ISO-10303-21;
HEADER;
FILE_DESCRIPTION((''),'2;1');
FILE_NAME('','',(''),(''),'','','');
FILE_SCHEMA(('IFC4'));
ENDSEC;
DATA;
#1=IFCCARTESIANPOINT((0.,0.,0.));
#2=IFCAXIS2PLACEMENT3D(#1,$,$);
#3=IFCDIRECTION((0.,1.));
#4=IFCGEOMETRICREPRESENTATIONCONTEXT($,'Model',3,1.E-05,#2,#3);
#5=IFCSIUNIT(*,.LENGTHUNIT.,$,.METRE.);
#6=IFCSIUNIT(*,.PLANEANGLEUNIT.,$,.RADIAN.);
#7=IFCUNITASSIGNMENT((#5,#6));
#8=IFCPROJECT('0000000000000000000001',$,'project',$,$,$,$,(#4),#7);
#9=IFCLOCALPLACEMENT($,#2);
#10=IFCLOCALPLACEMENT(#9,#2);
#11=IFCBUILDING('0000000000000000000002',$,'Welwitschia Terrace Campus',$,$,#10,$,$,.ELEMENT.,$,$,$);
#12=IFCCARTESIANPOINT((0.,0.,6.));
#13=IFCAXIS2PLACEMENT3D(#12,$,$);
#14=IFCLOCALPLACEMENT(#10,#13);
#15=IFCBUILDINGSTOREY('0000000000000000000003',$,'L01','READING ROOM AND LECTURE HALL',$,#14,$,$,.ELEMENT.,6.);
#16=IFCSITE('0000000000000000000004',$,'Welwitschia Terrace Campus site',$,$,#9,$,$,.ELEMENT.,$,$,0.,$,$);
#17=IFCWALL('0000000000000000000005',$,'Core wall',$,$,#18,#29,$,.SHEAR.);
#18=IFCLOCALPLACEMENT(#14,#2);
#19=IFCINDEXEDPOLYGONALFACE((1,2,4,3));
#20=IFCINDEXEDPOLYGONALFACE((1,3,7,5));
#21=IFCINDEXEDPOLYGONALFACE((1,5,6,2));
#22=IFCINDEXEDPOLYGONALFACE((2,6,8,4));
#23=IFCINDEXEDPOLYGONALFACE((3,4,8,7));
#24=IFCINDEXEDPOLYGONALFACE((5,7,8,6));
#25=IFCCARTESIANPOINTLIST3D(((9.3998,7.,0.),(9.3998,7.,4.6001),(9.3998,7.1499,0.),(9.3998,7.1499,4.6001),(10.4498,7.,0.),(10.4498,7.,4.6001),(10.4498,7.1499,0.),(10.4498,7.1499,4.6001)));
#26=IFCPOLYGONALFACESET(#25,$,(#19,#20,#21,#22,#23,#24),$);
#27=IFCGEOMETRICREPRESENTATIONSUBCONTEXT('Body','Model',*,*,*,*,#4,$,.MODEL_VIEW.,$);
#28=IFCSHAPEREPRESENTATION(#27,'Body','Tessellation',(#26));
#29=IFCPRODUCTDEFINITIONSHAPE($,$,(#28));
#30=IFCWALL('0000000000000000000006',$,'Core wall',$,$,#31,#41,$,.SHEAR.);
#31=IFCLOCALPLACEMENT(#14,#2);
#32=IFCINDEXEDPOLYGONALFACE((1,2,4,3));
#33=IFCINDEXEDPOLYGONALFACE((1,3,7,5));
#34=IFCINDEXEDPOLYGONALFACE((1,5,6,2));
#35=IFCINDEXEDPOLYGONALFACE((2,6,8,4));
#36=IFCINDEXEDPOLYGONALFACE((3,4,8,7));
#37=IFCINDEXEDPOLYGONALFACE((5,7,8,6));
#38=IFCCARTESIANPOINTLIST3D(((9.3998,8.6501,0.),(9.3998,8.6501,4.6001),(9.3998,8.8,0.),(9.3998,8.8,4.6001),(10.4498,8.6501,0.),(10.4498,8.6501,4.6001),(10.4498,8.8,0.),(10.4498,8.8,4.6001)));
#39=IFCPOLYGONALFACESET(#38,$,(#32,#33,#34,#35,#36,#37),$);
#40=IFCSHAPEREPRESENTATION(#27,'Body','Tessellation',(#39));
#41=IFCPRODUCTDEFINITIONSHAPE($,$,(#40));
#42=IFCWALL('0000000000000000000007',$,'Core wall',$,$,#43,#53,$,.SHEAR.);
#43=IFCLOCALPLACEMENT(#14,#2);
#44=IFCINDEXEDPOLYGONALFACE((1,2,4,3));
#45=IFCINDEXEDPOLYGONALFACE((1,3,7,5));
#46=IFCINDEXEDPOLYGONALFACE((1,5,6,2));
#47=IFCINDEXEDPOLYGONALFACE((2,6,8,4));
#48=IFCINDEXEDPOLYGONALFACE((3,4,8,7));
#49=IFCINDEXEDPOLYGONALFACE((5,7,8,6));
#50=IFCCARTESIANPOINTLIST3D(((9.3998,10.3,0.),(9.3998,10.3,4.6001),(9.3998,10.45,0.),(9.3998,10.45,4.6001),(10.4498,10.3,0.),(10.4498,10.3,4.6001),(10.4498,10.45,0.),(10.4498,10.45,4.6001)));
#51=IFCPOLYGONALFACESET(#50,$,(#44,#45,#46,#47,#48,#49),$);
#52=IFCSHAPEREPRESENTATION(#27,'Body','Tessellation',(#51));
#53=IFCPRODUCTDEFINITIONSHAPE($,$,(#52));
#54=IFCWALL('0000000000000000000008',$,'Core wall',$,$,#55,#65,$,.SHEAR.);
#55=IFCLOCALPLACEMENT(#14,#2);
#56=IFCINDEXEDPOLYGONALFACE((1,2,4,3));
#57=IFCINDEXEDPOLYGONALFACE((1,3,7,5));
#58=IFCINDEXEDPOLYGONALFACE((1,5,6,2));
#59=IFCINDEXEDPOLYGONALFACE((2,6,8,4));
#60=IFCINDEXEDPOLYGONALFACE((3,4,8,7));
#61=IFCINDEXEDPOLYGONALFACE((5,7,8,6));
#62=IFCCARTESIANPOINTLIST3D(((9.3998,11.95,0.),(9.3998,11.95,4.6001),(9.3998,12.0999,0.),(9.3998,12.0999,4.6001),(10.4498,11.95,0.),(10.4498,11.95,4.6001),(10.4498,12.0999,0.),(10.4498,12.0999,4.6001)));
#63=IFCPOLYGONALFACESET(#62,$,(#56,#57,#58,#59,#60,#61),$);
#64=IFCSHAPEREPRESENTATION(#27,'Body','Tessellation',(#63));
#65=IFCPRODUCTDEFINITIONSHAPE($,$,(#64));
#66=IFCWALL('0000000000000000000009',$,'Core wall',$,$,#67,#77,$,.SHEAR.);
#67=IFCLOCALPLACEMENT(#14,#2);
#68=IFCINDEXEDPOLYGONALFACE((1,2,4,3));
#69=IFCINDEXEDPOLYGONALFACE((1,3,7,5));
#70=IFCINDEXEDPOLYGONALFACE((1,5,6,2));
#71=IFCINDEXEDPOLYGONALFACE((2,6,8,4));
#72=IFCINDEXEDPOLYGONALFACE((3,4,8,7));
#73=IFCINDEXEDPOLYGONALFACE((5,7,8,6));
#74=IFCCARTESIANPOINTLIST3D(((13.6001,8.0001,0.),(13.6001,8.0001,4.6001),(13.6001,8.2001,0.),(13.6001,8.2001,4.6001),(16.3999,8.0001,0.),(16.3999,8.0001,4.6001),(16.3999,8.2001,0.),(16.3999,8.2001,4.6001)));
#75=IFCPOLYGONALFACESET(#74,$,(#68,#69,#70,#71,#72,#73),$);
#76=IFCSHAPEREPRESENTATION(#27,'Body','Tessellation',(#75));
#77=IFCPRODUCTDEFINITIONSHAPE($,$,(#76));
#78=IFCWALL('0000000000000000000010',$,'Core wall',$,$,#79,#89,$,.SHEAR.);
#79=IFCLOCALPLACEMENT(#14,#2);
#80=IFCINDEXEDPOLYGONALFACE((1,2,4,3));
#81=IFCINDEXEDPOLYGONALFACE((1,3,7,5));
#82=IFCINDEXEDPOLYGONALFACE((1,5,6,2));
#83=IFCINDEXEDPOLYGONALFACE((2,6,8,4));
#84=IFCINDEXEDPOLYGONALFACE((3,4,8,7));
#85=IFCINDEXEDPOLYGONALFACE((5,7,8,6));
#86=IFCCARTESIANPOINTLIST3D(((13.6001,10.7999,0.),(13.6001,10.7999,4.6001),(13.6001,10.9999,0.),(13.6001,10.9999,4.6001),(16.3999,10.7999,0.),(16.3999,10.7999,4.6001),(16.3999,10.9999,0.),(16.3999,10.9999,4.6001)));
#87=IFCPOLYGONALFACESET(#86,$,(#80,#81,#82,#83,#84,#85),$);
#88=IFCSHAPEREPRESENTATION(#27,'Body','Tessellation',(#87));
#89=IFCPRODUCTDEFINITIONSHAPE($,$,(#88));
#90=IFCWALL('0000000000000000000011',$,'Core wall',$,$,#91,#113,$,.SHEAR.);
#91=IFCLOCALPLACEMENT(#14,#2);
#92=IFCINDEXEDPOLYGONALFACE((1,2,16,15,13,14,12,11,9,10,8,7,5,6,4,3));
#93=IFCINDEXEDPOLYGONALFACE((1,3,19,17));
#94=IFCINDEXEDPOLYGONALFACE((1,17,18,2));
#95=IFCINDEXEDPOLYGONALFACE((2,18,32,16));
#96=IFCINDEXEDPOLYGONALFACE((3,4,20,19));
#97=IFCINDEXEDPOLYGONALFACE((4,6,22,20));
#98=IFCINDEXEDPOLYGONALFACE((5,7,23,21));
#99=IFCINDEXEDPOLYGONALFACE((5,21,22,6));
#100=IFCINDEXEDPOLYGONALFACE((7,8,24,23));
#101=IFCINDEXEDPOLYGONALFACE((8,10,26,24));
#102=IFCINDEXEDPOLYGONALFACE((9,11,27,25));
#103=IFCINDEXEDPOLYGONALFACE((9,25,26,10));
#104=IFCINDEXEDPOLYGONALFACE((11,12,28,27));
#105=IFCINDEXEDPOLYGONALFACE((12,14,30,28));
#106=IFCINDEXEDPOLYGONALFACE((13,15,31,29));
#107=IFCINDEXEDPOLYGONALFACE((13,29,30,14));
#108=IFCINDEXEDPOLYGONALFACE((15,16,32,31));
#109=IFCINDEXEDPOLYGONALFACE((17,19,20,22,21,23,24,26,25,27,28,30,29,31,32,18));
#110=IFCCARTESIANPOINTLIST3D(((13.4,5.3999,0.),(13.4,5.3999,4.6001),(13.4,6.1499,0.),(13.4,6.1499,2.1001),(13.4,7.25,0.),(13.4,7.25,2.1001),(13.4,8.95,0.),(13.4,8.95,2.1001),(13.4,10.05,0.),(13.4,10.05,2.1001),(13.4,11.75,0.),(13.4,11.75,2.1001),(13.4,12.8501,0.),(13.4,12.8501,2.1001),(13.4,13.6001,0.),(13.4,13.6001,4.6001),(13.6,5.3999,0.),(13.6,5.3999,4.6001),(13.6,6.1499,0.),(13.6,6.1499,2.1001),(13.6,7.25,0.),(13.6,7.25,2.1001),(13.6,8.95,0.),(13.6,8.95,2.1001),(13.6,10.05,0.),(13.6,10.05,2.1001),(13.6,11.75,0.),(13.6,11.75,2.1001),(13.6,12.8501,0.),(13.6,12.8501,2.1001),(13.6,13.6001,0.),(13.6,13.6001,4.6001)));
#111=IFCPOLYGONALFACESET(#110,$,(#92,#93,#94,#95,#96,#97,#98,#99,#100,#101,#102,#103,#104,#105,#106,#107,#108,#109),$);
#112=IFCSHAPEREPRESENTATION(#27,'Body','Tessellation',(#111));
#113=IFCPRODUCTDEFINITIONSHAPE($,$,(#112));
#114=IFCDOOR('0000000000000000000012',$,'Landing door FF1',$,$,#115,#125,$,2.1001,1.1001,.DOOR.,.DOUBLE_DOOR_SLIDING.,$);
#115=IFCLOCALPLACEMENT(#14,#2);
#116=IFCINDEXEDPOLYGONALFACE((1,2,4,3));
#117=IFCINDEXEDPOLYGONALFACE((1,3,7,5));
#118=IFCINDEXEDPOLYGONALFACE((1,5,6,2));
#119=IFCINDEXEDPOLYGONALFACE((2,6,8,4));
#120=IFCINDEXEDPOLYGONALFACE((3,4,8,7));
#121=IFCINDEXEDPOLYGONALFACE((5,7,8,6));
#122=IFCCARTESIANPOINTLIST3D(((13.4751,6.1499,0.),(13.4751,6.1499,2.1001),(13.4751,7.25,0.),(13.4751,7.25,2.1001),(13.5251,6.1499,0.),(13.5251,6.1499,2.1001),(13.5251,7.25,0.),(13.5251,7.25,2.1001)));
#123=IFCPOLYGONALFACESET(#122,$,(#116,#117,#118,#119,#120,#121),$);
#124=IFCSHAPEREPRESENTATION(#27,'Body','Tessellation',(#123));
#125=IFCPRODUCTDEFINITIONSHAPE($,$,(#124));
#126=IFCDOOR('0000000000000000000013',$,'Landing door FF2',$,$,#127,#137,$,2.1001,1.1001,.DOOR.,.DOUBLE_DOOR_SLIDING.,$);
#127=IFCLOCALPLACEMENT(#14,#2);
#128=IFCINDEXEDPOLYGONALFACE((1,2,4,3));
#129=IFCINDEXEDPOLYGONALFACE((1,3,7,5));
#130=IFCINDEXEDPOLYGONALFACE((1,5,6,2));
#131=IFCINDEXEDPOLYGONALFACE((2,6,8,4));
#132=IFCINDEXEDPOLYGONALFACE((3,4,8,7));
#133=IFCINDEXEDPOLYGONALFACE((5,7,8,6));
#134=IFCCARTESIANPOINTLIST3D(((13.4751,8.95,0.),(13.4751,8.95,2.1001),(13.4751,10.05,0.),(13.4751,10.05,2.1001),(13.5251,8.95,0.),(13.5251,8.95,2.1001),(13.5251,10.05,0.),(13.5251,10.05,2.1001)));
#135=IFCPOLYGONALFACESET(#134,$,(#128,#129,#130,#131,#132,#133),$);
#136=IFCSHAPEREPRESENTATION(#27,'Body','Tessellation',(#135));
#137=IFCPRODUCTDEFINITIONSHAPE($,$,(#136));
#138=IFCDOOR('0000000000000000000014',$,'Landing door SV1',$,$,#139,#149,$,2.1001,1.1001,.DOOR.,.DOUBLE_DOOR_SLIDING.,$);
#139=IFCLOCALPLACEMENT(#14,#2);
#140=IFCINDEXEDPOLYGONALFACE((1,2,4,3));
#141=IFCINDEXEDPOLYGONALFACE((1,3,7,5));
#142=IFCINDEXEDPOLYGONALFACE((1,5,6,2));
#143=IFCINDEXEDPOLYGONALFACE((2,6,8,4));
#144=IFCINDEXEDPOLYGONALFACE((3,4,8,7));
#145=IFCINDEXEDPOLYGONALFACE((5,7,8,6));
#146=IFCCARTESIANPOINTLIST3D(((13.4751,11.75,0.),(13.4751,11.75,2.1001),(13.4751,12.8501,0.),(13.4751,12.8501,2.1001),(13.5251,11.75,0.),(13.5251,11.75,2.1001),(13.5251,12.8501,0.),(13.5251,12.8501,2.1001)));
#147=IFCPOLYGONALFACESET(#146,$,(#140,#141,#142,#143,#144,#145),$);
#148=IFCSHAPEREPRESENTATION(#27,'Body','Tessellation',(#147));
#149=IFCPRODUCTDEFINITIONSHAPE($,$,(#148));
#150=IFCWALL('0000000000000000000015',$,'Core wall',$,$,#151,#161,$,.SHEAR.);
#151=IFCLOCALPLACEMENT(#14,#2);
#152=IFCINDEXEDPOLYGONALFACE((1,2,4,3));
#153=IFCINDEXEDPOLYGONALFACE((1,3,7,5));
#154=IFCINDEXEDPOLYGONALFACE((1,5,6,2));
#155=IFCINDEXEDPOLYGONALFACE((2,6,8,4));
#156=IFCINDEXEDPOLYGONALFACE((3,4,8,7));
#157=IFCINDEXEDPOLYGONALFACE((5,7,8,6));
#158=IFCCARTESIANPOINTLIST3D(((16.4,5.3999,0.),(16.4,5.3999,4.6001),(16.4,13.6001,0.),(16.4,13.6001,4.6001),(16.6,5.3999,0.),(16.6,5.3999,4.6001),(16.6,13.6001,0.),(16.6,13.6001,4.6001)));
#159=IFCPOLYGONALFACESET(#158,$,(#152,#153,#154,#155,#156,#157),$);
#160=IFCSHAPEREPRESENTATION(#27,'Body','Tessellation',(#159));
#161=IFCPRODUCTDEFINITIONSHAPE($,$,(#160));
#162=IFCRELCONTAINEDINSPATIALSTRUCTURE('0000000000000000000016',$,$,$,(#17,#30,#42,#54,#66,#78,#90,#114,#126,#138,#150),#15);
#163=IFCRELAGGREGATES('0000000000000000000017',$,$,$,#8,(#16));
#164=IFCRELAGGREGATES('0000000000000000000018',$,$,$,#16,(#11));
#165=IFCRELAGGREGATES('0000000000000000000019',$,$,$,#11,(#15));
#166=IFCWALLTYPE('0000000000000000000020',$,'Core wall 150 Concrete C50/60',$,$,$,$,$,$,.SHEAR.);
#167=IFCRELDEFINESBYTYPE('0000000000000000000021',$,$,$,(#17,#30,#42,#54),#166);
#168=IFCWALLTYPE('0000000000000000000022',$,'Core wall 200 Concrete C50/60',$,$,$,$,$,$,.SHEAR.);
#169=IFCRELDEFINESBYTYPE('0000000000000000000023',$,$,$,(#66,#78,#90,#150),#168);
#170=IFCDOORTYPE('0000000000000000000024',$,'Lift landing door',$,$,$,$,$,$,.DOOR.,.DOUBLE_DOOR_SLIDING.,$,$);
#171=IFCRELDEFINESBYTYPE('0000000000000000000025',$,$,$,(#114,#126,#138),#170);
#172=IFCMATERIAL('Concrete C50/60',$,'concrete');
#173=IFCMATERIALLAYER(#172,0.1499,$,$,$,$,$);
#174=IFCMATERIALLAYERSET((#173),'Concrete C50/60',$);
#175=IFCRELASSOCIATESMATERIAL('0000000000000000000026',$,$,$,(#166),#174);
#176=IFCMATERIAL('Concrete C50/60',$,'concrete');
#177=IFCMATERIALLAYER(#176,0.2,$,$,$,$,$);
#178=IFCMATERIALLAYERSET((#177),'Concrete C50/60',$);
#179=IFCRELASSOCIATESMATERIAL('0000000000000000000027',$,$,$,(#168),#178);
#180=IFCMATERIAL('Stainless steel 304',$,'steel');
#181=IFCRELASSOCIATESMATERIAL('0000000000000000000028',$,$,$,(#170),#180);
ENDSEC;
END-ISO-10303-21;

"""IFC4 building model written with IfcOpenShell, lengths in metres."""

from ifc_helpers import new_model, si_unit, direction, frame, frame_2d, origin, place, context, subcontext, project, spatial, rectangle, extrude, material, layer, layer_set, type_object, element, fill, save


model = new_model("IFC4")

# Units and contexts
model_context = context("Model", 3, precision=1e-05, world=origin(), true_north=direction((0.0, 1.0)))
body_context = subcontext(model_context, "Body", "Model", "MODEL_VIEW")
ifc_project = project(units=[si_unit("LENGTHUNIT", "METRE"), si_unit("PLANEANGLEUNIT", "RADIAN")], contexts=[model_context])

# Site, building, storey
site_placement = place(None, origin())
site = spatial("IfcSite", under=ifc_project, at=site_placement, Name="Welwitschia Terrace Campus site", CompositionType="ELEMENT", RefElevation=0.0)
building_placement = place(site_placement, origin())
building = spatial("IfcBuilding", under=site, at=building_placement, Name="Welwitschia Terrace Campus", CompositionType="ELEMENT")
storey_placement = place(building_placement, frame((0.0, 0.0, 6.0)))
storey = spatial("IfcBuildingStorey", under=building, at=storey_placement, Name="L01", Description="READING ROOM AND LECTURE HALL", CompositionType="ELEMENT", Elevation=6.0)

# Walls
ifc_material_1 = material(Name="Concrete C50/60", Category="concrete")
ifc_layer_1 = layer(ifc_material_1, 0.1499)
ifc_layer_set_1 = layer_set([ifc_layer_1], Name="Concrete C50/60")
wall_type_1 = type_object("IfcWallType", Name="Core wall 150 Concrete C50/60", PredefinedType="SHEAR", material=ifc_layer_set_1)
for number, where, z_axis, x_axis, name in (
    (1, (9.3999, 7.075, 0.0), (0.0, 0.0, 1.0), (1.0, 0.0, 0.0), "Core wall"),
    (2, (9.3999, 8.7251, 0.0), (0.0, 0.0, 1.0), (1.0, 0.0, 0.0), "Core wall"),
    (3, (9.3999, 10.375, 0.0), (0.0, 0.0, 1.0), (1.0, 0.0, 0.0), "Core wall"),
    (4, (9.3999, 12.0249, 0.0), (0.0, 0.0, 1.0), (1.0, 0.0, 0.0), "Core wall"),
):
    element("IfcWall", number, at=place(storey_placement, frame(where, z_axis=z_axis, x_axis=x_axis)), inside=storey, type_object=wall_type_1, Name=name, PredefinedType="SHEAR", context=body_context, shape_type="SweptSolid", body=[
        extrude(rectangle(XDim=1.05, YDim=0.1499, at=frame_2d((0.5249, 0.0))), origin(), (0.0, 0.0, 1.0), 4.6001),
    ])
ifc_material_2 = material(Name="Concrete C50/60", Category="concrete")
ifc_layer_2 = layer(ifc_material_2, 0.2)
ifc_layer_set_2 = layer_set([ifc_layer_2], Name="Concrete C50/60")
wall_type_2 = type_object("IfcWallType", Name="Core wall 200 Concrete C50/60", PredefinedType="SHEAR", material=ifc_layer_set_2)
for number, where, z_axis, x_axis, name in (
    (5, (13.6001, 8.1001, 0.0), (0.0, 0.0, 1.0), (1.0, 0.0, 0.0), "Core wall"),
    (6, (13.6001, 10.8999, 0.0), (0.0, 0.0, 1.0), (1.0, 0.0, 0.0), "Core wall"),
):
    element("IfcWall", number, at=place(storey_placement, frame(where, z_axis=z_axis, x_axis=x_axis)), inside=storey, type_object=wall_type_2, Name=name, PredefinedType="SHEAR", context=body_context, shape_type="SweptSolid", body=[
        extrude(rectangle(XDim=2.7998, YDim=0.2, at=frame_2d((1.3999, 0.0))), origin(), (0.0, 0.0, 1.0), 4.6001),
    ])

# Wall, openings, doors
wall_1_placement = place(storey_placement, frame((13.5, 5.3999, 0.0), z_axis=(0.0, 0.0, 1.0), x_axis=(0.0, 1.0, 0.0)))
wall_1 = element("IfcWall", 7, at=wall_1_placement, inside=storey, type_object=wall_type_2, Name="Core wall", PredefinedType="SHEAR", context=body_context, shape_type="SweptSolid", body=[
    extrude(rectangle(XDim=8.2002, YDim=0.2, at=frame_2d((4.1001, 0.0))), origin(), (0.0, 0.0, 1.0), 4.6001),
])
opening_1_placement = place(wall_1_placement, frame((0.75, 0.0, 0.0)))
opening_1 = element("IfcOpeningElement", 8, at=opening_1_placement, cuts=wall_1, PredefinedType="OPENING", context=body_context, shape_type="SweptSolid", body=[
    extrude(rectangle(XDim=1.1001, YDim=2.1001, at=frame_2d((0.55, 1.05))), frame((0.0, 0.1099, 0.0), z_axis=(0.0, -1.0, 0.0), x_axis=(1.0, 0.0, 0.0)), (0.0, 0.0, 1.0), 0.22),
])
opening_2_placement = place(wall_1_placement, frame((3.55, 0.0, 0.0)))
opening_2 = element("IfcOpeningElement", 9, at=opening_2_placement, cuts=wall_1, PredefinedType="OPENING", context=body_context, shape_type="SweptSolid", body=[
    extrude(rectangle(XDim=1.1001, YDim=2.1001, at=frame_2d((0.55, 1.05))), frame((0.0, 0.1099, 0.0), z_axis=(0.0, -1.0, 0.0), x_axis=(1.0, 0.0, 0.0)), (0.0, 0.0, 1.0), 0.22),
])
opening_3_placement = place(wall_1_placement, frame((6.3501, 0.0, 0.0)))
opening_3 = element("IfcOpeningElement", 10, at=opening_3_placement, cuts=wall_1, PredefinedType="OPENING", context=body_context, shape_type="SweptSolid", body=[
    extrude(rectangle(XDim=1.1001, YDim=2.1001, at=frame_2d((0.55, 1.05))), frame((0.0, 0.1099, 0.0), z_axis=(0.0, -1.0, 0.0), x_axis=(1.0, 0.0, 0.0)), (0.0, 0.0, 1.0), 0.22),
])
ifc_material_3 = material(Name="Stainless steel 304", Category="steel")
door_type_1 = type_object("IfcDoorType", Name="Lift landing door", OperationType="DOUBLE_DOOR_SLIDING", PredefinedType="DOOR", material=ifc_material_3)
door_1_placement = place(opening_1_placement, origin())
door_1 = element("IfcDoor", 11, at=door_1_placement, inside=storey, type_object=door_type_1, Name="Landing door FF1", OperationType="DOUBLE_DOOR_SLIDING", OverallHeight=2.1001, OverallWidth=1.1001, PredefinedType="DOOR", context=body_context, shape_type="SweptSolid", body=[
    extrude(rectangle(XDim=1.1001, YDim=2.1001, at=frame_2d((0.55, 1.05))), frame((0.0, 0.0249, 0.0), z_axis=(0.0, -1.0, 0.0), x_axis=(1.0, 0.0, 0.0)), (0.0, 0.0, 1.0), 0.05),
])
fill(opening_1, door_1)
door_2_placement = place(opening_2_placement, origin())
door_2 = element("IfcDoor", 12, at=door_2_placement, inside=storey, type_object=door_type_1, Name="Landing door FF2", OperationType="DOUBLE_DOOR_SLIDING", OverallHeight=2.1001, OverallWidth=1.1001, PredefinedType="DOOR", context=body_context, shape_type="SweptSolid", body=[
    extrude(rectangle(XDim=1.1001, YDim=2.1001, at=frame_2d((0.55, 1.05))), frame((0.0, 0.0249, 0.0), z_axis=(0.0, -1.0, 0.0), x_axis=(1.0, 0.0, 0.0)), (0.0, 0.0, 1.0), 0.05),
])
fill(opening_2, door_2)
door_3_placement = place(opening_3_placement, origin())
door_3 = element("IfcDoor", 13, at=door_3_placement, inside=storey, type_object=door_type_1, Name="Landing door SV1", OperationType="DOUBLE_DOOR_SLIDING", OverallHeight=2.1001, OverallWidth=1.1001, PredefinedType="DOOR", context=body_context, shape_type="SweptSolid", body=[
    extrude(rectangle(XDim=1.1001, YDim=2.1001, at=frame_2d((0.55, 1.05))), frame((0.0, 0.0249, 0.0), z_axis=(0.0, -1.0, 0.0), x_axis=(1.0, 0.0, 0.0)), (0.0, 0.0, 1.0), 0.05),
])
fill(opening_3, door_3)

# Wall
wall_2_placement = place(storey_placement, frame((16.5, 5.3999, 0.0), z_axis=(0.0, 0.0, 1.0), x_axis=(0.0, 1.0, 0.0)))
element("IfcWall", 14, at=wall_2_placement, inside=storey, type_object=wall_type_2, Name="Core wall", PredefinedType="SHEAR", context=body_context, shape_type="SweptSolid", body=[
    extrude(rectangle(XDim=8.2002, YDim=0.2, at=frame_2d((4.1001, 0.0))), origin(), (0.0, 0.0, 1.0), 4.6001),
])

save(model, "model.ifc")
